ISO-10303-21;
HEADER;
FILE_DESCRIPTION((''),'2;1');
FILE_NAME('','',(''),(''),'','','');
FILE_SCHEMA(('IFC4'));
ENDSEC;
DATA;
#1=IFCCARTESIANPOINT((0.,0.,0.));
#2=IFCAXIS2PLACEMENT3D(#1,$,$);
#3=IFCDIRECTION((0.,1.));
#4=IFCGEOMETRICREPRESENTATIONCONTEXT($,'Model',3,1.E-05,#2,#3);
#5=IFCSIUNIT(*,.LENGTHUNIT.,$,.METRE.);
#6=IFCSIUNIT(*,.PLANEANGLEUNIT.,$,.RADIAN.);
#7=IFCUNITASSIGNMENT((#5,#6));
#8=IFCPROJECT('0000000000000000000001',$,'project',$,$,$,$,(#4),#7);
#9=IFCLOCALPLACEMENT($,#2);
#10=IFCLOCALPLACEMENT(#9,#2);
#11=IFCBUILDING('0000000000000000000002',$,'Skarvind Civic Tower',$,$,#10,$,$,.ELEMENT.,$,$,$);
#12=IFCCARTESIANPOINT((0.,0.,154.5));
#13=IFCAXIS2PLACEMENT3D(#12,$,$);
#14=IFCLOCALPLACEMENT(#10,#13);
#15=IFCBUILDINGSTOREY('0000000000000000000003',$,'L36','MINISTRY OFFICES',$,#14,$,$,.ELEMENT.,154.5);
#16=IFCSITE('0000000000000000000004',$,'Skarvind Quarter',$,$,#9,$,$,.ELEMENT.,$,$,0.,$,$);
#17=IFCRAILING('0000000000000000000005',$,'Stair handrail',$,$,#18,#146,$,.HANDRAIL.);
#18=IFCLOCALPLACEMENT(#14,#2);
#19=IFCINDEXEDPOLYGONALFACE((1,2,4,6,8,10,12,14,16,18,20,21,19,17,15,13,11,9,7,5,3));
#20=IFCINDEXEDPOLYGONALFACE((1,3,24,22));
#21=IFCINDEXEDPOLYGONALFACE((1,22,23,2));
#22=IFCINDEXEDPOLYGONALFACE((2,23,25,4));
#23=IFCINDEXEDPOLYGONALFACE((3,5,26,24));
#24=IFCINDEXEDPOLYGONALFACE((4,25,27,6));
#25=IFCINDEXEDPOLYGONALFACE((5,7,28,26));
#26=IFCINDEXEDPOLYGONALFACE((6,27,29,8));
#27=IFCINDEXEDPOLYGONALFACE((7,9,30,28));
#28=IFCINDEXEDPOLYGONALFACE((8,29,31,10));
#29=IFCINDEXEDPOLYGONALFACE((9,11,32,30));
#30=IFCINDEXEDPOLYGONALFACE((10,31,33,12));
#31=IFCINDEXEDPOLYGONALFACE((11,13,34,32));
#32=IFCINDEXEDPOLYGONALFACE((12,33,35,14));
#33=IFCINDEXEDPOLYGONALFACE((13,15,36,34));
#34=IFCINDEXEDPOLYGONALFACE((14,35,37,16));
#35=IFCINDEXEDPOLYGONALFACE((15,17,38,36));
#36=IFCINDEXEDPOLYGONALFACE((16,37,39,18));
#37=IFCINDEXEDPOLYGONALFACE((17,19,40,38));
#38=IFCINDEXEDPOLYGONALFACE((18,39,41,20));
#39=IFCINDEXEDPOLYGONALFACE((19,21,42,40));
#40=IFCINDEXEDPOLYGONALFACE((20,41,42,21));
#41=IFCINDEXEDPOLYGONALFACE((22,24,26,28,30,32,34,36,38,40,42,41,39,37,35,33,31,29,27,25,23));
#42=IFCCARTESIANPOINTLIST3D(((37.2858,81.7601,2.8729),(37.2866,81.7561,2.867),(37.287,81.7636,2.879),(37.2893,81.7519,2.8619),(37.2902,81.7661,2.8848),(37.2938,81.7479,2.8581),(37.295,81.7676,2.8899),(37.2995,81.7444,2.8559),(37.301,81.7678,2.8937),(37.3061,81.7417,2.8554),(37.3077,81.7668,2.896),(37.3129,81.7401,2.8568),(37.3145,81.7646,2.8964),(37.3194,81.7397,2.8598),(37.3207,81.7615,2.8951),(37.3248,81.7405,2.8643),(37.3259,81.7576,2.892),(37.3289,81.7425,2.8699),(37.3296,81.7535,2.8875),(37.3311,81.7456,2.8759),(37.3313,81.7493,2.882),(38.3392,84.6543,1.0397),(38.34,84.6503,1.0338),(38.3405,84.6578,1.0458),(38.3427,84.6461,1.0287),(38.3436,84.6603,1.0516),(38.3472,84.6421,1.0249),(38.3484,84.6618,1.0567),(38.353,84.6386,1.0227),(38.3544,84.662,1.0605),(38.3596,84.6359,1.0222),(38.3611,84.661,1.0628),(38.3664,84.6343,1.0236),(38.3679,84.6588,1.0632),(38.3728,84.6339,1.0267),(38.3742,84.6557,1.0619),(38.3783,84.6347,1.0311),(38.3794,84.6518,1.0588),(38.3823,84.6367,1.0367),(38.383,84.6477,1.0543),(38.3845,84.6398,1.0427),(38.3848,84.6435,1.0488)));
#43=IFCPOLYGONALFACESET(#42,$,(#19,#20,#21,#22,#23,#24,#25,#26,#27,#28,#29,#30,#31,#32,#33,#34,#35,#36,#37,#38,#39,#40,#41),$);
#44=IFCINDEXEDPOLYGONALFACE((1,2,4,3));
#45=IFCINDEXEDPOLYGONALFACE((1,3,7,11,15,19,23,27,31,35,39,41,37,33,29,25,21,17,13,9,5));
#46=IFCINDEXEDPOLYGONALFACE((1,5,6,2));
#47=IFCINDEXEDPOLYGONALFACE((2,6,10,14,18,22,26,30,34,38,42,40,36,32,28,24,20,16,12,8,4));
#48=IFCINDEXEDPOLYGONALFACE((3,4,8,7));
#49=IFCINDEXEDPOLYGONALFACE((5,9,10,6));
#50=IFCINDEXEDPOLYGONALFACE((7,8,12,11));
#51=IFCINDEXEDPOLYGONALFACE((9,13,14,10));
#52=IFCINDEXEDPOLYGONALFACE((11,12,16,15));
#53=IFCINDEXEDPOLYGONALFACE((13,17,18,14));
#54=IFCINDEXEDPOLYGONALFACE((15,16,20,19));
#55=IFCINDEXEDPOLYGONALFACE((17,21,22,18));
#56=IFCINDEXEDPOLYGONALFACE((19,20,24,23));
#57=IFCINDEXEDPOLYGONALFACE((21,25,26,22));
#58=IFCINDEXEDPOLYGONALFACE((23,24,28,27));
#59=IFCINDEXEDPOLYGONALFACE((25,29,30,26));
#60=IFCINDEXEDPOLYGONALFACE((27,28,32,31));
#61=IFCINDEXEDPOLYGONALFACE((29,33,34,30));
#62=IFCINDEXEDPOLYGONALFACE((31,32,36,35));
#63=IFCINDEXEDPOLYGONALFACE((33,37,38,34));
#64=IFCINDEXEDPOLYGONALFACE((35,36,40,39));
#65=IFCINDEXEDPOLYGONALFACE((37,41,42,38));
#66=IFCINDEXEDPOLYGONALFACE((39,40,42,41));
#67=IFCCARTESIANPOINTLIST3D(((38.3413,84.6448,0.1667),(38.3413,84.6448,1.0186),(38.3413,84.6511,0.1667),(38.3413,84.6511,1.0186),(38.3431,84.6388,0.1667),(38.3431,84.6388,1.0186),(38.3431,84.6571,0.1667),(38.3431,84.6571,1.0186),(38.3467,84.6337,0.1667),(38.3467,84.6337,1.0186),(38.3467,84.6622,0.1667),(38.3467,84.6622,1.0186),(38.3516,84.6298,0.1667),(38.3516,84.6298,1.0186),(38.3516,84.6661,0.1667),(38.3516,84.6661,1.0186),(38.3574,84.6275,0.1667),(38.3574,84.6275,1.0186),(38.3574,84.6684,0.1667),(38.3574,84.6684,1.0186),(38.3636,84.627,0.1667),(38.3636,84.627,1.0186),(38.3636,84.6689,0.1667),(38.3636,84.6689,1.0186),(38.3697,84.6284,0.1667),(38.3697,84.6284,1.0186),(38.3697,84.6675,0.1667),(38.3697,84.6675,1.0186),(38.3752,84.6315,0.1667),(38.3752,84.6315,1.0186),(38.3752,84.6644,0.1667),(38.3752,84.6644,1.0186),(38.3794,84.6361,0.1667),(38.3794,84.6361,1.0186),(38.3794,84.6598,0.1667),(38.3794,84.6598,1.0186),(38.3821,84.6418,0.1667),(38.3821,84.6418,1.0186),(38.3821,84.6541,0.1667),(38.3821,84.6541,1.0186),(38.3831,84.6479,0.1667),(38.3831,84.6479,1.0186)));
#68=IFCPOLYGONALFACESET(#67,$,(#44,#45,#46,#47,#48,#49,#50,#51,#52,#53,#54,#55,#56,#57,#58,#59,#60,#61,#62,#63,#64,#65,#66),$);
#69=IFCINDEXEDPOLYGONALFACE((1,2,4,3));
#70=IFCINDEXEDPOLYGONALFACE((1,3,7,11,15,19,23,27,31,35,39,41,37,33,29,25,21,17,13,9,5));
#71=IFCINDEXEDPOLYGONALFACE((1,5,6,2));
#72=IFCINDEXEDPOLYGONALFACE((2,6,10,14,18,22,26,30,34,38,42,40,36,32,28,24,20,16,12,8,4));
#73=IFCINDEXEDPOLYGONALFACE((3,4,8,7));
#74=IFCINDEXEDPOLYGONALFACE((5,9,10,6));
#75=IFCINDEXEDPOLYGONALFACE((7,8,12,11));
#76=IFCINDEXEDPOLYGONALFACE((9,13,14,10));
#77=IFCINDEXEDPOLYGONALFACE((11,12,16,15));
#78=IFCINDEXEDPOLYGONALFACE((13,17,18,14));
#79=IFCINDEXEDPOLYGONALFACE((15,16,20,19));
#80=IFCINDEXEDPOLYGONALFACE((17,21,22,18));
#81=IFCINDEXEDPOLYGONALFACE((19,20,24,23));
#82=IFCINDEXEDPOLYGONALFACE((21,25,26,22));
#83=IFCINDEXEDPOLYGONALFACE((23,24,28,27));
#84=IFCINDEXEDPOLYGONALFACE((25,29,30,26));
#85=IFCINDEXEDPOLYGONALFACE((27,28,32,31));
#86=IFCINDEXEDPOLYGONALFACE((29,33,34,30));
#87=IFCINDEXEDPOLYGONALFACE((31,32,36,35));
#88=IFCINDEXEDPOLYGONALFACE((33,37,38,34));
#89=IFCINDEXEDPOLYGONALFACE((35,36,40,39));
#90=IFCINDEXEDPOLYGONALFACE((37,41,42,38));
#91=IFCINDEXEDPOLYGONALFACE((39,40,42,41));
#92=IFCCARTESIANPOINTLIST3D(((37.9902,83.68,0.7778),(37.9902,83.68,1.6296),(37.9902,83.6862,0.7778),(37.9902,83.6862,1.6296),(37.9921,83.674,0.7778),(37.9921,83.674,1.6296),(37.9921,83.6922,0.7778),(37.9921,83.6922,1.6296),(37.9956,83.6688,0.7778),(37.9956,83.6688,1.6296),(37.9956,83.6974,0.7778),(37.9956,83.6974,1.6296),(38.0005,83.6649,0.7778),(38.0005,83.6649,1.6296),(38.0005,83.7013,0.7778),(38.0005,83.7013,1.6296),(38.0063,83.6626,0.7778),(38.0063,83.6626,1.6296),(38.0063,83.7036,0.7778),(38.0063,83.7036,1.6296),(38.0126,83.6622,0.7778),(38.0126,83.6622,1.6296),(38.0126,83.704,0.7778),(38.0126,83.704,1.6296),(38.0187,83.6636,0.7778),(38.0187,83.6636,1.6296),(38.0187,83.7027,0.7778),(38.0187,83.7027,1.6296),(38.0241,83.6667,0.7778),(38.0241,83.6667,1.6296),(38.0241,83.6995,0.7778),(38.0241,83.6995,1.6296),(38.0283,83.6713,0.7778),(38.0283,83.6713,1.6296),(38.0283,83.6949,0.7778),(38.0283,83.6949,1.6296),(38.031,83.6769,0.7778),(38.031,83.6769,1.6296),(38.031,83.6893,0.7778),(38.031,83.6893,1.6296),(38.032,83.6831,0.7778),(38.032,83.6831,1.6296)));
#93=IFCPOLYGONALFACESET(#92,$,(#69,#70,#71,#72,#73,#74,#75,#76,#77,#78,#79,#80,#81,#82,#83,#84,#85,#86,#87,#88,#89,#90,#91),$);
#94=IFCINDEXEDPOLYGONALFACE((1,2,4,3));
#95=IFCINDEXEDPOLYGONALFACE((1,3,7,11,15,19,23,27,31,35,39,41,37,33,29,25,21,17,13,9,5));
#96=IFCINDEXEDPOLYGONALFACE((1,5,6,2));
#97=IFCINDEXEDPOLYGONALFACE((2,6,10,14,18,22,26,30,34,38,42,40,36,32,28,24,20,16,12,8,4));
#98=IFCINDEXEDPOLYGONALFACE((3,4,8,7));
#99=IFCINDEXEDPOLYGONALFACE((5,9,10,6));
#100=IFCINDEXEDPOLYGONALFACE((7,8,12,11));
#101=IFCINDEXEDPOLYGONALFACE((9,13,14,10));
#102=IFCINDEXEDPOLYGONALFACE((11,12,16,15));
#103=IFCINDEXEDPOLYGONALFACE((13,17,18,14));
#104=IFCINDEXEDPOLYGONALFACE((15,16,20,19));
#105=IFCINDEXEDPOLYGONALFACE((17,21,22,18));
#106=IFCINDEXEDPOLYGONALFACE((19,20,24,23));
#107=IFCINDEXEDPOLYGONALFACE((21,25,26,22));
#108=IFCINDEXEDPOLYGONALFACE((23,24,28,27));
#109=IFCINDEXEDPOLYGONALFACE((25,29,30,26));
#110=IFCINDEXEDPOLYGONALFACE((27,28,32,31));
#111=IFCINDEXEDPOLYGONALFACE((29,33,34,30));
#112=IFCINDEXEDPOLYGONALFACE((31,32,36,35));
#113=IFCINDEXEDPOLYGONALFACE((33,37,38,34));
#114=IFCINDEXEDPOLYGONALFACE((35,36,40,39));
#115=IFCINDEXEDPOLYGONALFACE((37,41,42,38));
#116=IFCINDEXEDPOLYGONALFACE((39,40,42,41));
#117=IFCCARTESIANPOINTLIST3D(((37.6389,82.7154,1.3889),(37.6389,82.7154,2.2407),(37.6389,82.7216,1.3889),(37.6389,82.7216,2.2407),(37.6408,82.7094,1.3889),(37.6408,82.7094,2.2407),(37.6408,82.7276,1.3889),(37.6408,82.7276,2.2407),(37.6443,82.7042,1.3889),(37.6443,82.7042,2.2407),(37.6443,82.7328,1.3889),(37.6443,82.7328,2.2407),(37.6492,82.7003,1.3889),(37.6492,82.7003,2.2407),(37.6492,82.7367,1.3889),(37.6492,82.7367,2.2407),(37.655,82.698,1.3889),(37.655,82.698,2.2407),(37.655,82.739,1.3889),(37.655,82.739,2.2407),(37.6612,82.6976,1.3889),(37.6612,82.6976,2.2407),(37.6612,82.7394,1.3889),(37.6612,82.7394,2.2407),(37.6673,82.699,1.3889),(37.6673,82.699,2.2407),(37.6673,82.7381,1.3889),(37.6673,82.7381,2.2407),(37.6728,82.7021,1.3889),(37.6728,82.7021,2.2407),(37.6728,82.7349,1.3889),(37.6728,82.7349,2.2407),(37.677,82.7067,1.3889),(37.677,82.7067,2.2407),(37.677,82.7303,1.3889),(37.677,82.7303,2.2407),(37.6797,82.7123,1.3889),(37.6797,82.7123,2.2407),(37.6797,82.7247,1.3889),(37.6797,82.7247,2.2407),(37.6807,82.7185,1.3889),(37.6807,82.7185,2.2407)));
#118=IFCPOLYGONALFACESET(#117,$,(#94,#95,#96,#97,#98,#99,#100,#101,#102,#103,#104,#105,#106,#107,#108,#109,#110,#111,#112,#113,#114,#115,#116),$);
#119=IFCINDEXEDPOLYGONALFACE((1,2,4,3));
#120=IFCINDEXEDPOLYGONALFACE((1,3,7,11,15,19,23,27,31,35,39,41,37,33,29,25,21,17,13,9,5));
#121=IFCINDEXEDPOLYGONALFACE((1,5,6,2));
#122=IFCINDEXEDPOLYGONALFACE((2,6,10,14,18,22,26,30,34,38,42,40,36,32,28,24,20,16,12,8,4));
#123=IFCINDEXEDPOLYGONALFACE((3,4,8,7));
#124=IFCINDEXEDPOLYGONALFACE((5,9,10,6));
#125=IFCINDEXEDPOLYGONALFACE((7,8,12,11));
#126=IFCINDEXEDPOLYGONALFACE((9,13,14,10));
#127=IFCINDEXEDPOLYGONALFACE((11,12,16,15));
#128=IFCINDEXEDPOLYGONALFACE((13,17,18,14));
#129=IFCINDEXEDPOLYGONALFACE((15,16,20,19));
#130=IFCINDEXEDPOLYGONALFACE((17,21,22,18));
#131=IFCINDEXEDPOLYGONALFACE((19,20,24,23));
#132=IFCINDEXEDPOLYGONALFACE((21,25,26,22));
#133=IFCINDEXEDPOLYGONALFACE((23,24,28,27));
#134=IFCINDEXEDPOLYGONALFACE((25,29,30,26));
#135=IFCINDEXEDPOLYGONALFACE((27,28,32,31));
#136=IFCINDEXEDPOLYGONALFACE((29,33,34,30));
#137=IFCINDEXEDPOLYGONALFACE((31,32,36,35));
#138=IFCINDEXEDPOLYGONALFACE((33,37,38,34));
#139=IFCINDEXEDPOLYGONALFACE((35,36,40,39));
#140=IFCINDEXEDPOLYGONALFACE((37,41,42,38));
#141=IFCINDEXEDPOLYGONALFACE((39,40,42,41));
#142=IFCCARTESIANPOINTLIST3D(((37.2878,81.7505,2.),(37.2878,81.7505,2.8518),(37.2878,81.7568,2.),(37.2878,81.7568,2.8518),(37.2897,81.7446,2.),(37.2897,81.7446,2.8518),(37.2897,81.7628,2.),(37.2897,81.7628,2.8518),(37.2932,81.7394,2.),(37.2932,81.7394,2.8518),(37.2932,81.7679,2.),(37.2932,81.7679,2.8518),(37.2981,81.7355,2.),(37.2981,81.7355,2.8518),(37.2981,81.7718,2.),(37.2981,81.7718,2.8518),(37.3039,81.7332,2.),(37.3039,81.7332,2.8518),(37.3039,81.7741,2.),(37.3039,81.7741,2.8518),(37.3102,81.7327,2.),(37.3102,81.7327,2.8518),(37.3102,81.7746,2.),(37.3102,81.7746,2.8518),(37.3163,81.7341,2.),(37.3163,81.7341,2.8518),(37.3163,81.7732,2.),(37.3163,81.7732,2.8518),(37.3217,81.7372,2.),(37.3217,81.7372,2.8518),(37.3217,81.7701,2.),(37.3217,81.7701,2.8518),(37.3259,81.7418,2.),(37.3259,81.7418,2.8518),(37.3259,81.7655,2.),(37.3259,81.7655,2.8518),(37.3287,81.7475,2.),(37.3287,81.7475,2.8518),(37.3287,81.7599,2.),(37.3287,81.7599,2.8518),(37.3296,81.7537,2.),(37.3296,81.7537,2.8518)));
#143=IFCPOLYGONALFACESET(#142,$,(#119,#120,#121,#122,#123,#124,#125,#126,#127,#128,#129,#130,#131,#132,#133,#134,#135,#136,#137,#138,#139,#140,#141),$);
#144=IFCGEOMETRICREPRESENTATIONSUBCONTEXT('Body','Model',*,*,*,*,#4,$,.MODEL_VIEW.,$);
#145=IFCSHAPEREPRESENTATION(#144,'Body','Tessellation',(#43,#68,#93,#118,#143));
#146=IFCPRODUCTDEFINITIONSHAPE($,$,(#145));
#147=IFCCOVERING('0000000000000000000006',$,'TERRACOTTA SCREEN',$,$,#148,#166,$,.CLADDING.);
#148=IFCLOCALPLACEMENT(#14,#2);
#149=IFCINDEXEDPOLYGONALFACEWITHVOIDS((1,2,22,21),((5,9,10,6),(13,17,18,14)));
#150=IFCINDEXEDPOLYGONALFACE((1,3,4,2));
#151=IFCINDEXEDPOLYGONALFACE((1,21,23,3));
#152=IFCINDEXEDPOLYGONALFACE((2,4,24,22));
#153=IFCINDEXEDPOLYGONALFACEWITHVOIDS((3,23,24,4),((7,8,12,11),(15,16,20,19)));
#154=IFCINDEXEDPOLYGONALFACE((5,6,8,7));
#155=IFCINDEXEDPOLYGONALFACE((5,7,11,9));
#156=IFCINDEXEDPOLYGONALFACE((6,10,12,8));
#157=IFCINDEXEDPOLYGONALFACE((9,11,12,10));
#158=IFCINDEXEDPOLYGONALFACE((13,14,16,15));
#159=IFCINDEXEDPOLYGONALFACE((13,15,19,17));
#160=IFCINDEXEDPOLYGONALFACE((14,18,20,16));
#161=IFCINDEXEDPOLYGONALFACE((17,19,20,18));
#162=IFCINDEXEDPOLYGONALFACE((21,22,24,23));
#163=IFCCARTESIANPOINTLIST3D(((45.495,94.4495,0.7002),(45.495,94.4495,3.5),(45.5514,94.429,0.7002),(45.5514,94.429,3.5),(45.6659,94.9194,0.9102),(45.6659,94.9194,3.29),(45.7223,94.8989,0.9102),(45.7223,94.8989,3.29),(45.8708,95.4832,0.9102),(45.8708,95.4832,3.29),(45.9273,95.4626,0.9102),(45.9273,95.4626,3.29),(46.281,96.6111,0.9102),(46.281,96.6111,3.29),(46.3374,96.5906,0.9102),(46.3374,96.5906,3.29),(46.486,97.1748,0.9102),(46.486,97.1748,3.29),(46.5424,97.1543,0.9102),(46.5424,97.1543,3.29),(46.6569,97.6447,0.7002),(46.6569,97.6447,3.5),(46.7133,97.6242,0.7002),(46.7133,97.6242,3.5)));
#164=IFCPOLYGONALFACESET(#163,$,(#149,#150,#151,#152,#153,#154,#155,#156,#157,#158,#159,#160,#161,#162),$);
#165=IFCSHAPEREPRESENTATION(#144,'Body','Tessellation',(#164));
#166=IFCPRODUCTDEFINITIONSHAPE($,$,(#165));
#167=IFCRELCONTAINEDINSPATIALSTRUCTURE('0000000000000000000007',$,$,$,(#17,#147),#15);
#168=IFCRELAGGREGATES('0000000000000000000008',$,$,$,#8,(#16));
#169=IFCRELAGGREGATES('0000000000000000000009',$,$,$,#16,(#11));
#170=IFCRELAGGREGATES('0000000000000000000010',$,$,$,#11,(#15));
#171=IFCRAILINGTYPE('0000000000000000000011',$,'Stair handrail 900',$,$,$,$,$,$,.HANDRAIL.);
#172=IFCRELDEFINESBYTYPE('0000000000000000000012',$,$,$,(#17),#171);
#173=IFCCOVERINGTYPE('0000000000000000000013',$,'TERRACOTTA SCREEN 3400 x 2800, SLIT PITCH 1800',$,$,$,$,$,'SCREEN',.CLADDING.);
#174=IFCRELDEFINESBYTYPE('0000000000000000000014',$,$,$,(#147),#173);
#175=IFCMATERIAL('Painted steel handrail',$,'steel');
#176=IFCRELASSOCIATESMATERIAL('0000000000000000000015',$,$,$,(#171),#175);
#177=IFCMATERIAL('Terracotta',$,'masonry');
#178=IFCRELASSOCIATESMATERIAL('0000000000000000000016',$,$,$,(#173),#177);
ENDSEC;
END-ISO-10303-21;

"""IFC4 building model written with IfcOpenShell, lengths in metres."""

from ifc_helpers import new_model, si_unit, direction, frame, origin, origin_2d, place, context, subcontext, project, spatial, polyline, circle, outline, extrude, material, material_profile, profile_set, type_object, element, save


model = new_model("IFC4")

# Units and contexts
model_context = context("Model", 3, precision=1e-05, world=origin(), true_north=direction((0.0, 1.0)))
body_context = subcontext(model_context, "Body", "Model", "MODEL_VIEW")
ifc_project = project(units=[si_unit("LENGTHUNIT", "METRE"), si_unit("PLANEANGLEUNIT", "RADIAN")], contexts=[model_context])

# Site, building, storey
site_placement = place(None, origin())
site = spatial("IfcSite", under=ifc_project, at=site_placement, Name="Skarvind Quarter", CompositionType="ELEMENT", RefElevation=0.0)
building_placement = place(site_placement, origin())
building = spatial("IfcBuilding", under=site, at=building_placement, Name="Skarvind Civic Tower", CompositionType="ELEMENT")
storey_placement = place(building_placement, frame((0.0, 0.0, 154.5)))
storey = spatial("IfcBuildingStorey", under=building, at=storey_placement, Name="L36", Description="MINISTRY OFFICES", CompositionType="ELEMENT", Elevation=154.5)

# Railing
ifc_material_1 = material(Name="Painted steel handrail", Category="steel")
railing_type = type_object("IfcRailingType", Name="Stair handrail 900", PredefinedType="HANDRAIL", material=ifc_material_1)
railing_placement = place(storey_placement, frame((38.3621, 84.6479, 0.1667)))
element("IfcRailing", 1, at=railing_placement, inside=storey, type_object=railing_type, Name="Stair handrail", PredefinedType="HANDRAIL", context=body_context, shape_type="SweptSolid", body=[
    extrude(circle(Radius=0.0239, at=origin_2d()), frame((0.0, 0.0, 0.876), z_axis=(-0.293908, -0.807481, 0.511461), x_axis=(0.939689, -0.342029, 0.0)), (0.0, 0.0, 1.0), 3.5842),
    extrude(circle(Radius=0.021, at=origin_2d()), origin(), (0.0, 0.0, 1.0), 0.8518),
    extrude(circle(Radius=0.021, at=origin_2d()), frame((-0.3511, -0.9648, 0.6111)), (0.0, 0.0, 1.0), 0.8518),
    extrude(circle(Radius=0.021, at=origin_2d()), frame((-0.7024, -1.9294, 1.2222)), (0.0, 0.0, 1.0), 0.8518),
    extrude(circle(Radius=0.021, at=origin_2d()), frame((-1.0535, -2.8943, 1.8333)), (0.0, 0.0, 1.0), 0.8518),
])

# Covering
ifc_material_2 = material(Name="Terracotta", Category="masonry")
ifc_material_profile_1 = material_profile(ifc_material_2, outline(polyline([(-1.7, -1.3999), (1.7, -1.3999), (1.7, 1.3999), (-1.7, 1.3999), (-1.7, -1.3999)]), holes=[polyline([(-1.2, -1.1899), (-0.6001, -1.1899), (-0.6001, 1.1899), (-1.2, 1.1899), (-1.2, -1.1899)]), polyline([(0.6001, -1.1899), (1.2, -1.1899), (1.2, 1.1899), (0.6001, 1.1899), (0.6001, -1.1899)])]), Name="TERRACOTTA SCREEN 3400 x 2800, SLIT PITCH 1800")
ifc_profile_set_1 = profile_set([ifc_material_profile_1], Name="Terracotta")
covering_type = type_object("IfcCoveringType", Name="TERRACOTTA SCREEN 3400 x 2800, SLIT PITCH 1800", ElementType="SCREEN", PredefinedType="CLADDING", material=ifc_profile_set_1)
covering_placement = place(storey_placement, frame((46.0759, 96.0471, 2.1001), z_axis=(0.939793, -0.341743, 0.0), x_axis=(0.341743, 0.939793, 0.0)))
element("IfcCovering", 2, at=covering_placement, inside=storey, type_object=covering_type, Name="TERRACOTTA SCREEN", PredefinedType="CLADDING", context=body_context, shape_type="SweptSolid", body=[
    extrude(outline(polyline([(-1.7, -1.3999), (1.7, -1.3999), (1.7, 1.3999), (-1.7, 1.3999), (-1.7, -1.3999)]), holes=[polyline([(-1.2, -1.1899), (-0.6001, -1.1899), (-0.6001, 1.1899), (-1.2, 1.1899), (-1.2, -1.1899)]), polyline([(0.6001, -1.1899), (1.2, -1.1899), (1.2, 1.1899), (0.6001, 1.1899), (0.6001, -1.1899)])]), origin(), (0.0, 0.0, 1.0), 0.0601),
])

save(model, "model.ifc")
